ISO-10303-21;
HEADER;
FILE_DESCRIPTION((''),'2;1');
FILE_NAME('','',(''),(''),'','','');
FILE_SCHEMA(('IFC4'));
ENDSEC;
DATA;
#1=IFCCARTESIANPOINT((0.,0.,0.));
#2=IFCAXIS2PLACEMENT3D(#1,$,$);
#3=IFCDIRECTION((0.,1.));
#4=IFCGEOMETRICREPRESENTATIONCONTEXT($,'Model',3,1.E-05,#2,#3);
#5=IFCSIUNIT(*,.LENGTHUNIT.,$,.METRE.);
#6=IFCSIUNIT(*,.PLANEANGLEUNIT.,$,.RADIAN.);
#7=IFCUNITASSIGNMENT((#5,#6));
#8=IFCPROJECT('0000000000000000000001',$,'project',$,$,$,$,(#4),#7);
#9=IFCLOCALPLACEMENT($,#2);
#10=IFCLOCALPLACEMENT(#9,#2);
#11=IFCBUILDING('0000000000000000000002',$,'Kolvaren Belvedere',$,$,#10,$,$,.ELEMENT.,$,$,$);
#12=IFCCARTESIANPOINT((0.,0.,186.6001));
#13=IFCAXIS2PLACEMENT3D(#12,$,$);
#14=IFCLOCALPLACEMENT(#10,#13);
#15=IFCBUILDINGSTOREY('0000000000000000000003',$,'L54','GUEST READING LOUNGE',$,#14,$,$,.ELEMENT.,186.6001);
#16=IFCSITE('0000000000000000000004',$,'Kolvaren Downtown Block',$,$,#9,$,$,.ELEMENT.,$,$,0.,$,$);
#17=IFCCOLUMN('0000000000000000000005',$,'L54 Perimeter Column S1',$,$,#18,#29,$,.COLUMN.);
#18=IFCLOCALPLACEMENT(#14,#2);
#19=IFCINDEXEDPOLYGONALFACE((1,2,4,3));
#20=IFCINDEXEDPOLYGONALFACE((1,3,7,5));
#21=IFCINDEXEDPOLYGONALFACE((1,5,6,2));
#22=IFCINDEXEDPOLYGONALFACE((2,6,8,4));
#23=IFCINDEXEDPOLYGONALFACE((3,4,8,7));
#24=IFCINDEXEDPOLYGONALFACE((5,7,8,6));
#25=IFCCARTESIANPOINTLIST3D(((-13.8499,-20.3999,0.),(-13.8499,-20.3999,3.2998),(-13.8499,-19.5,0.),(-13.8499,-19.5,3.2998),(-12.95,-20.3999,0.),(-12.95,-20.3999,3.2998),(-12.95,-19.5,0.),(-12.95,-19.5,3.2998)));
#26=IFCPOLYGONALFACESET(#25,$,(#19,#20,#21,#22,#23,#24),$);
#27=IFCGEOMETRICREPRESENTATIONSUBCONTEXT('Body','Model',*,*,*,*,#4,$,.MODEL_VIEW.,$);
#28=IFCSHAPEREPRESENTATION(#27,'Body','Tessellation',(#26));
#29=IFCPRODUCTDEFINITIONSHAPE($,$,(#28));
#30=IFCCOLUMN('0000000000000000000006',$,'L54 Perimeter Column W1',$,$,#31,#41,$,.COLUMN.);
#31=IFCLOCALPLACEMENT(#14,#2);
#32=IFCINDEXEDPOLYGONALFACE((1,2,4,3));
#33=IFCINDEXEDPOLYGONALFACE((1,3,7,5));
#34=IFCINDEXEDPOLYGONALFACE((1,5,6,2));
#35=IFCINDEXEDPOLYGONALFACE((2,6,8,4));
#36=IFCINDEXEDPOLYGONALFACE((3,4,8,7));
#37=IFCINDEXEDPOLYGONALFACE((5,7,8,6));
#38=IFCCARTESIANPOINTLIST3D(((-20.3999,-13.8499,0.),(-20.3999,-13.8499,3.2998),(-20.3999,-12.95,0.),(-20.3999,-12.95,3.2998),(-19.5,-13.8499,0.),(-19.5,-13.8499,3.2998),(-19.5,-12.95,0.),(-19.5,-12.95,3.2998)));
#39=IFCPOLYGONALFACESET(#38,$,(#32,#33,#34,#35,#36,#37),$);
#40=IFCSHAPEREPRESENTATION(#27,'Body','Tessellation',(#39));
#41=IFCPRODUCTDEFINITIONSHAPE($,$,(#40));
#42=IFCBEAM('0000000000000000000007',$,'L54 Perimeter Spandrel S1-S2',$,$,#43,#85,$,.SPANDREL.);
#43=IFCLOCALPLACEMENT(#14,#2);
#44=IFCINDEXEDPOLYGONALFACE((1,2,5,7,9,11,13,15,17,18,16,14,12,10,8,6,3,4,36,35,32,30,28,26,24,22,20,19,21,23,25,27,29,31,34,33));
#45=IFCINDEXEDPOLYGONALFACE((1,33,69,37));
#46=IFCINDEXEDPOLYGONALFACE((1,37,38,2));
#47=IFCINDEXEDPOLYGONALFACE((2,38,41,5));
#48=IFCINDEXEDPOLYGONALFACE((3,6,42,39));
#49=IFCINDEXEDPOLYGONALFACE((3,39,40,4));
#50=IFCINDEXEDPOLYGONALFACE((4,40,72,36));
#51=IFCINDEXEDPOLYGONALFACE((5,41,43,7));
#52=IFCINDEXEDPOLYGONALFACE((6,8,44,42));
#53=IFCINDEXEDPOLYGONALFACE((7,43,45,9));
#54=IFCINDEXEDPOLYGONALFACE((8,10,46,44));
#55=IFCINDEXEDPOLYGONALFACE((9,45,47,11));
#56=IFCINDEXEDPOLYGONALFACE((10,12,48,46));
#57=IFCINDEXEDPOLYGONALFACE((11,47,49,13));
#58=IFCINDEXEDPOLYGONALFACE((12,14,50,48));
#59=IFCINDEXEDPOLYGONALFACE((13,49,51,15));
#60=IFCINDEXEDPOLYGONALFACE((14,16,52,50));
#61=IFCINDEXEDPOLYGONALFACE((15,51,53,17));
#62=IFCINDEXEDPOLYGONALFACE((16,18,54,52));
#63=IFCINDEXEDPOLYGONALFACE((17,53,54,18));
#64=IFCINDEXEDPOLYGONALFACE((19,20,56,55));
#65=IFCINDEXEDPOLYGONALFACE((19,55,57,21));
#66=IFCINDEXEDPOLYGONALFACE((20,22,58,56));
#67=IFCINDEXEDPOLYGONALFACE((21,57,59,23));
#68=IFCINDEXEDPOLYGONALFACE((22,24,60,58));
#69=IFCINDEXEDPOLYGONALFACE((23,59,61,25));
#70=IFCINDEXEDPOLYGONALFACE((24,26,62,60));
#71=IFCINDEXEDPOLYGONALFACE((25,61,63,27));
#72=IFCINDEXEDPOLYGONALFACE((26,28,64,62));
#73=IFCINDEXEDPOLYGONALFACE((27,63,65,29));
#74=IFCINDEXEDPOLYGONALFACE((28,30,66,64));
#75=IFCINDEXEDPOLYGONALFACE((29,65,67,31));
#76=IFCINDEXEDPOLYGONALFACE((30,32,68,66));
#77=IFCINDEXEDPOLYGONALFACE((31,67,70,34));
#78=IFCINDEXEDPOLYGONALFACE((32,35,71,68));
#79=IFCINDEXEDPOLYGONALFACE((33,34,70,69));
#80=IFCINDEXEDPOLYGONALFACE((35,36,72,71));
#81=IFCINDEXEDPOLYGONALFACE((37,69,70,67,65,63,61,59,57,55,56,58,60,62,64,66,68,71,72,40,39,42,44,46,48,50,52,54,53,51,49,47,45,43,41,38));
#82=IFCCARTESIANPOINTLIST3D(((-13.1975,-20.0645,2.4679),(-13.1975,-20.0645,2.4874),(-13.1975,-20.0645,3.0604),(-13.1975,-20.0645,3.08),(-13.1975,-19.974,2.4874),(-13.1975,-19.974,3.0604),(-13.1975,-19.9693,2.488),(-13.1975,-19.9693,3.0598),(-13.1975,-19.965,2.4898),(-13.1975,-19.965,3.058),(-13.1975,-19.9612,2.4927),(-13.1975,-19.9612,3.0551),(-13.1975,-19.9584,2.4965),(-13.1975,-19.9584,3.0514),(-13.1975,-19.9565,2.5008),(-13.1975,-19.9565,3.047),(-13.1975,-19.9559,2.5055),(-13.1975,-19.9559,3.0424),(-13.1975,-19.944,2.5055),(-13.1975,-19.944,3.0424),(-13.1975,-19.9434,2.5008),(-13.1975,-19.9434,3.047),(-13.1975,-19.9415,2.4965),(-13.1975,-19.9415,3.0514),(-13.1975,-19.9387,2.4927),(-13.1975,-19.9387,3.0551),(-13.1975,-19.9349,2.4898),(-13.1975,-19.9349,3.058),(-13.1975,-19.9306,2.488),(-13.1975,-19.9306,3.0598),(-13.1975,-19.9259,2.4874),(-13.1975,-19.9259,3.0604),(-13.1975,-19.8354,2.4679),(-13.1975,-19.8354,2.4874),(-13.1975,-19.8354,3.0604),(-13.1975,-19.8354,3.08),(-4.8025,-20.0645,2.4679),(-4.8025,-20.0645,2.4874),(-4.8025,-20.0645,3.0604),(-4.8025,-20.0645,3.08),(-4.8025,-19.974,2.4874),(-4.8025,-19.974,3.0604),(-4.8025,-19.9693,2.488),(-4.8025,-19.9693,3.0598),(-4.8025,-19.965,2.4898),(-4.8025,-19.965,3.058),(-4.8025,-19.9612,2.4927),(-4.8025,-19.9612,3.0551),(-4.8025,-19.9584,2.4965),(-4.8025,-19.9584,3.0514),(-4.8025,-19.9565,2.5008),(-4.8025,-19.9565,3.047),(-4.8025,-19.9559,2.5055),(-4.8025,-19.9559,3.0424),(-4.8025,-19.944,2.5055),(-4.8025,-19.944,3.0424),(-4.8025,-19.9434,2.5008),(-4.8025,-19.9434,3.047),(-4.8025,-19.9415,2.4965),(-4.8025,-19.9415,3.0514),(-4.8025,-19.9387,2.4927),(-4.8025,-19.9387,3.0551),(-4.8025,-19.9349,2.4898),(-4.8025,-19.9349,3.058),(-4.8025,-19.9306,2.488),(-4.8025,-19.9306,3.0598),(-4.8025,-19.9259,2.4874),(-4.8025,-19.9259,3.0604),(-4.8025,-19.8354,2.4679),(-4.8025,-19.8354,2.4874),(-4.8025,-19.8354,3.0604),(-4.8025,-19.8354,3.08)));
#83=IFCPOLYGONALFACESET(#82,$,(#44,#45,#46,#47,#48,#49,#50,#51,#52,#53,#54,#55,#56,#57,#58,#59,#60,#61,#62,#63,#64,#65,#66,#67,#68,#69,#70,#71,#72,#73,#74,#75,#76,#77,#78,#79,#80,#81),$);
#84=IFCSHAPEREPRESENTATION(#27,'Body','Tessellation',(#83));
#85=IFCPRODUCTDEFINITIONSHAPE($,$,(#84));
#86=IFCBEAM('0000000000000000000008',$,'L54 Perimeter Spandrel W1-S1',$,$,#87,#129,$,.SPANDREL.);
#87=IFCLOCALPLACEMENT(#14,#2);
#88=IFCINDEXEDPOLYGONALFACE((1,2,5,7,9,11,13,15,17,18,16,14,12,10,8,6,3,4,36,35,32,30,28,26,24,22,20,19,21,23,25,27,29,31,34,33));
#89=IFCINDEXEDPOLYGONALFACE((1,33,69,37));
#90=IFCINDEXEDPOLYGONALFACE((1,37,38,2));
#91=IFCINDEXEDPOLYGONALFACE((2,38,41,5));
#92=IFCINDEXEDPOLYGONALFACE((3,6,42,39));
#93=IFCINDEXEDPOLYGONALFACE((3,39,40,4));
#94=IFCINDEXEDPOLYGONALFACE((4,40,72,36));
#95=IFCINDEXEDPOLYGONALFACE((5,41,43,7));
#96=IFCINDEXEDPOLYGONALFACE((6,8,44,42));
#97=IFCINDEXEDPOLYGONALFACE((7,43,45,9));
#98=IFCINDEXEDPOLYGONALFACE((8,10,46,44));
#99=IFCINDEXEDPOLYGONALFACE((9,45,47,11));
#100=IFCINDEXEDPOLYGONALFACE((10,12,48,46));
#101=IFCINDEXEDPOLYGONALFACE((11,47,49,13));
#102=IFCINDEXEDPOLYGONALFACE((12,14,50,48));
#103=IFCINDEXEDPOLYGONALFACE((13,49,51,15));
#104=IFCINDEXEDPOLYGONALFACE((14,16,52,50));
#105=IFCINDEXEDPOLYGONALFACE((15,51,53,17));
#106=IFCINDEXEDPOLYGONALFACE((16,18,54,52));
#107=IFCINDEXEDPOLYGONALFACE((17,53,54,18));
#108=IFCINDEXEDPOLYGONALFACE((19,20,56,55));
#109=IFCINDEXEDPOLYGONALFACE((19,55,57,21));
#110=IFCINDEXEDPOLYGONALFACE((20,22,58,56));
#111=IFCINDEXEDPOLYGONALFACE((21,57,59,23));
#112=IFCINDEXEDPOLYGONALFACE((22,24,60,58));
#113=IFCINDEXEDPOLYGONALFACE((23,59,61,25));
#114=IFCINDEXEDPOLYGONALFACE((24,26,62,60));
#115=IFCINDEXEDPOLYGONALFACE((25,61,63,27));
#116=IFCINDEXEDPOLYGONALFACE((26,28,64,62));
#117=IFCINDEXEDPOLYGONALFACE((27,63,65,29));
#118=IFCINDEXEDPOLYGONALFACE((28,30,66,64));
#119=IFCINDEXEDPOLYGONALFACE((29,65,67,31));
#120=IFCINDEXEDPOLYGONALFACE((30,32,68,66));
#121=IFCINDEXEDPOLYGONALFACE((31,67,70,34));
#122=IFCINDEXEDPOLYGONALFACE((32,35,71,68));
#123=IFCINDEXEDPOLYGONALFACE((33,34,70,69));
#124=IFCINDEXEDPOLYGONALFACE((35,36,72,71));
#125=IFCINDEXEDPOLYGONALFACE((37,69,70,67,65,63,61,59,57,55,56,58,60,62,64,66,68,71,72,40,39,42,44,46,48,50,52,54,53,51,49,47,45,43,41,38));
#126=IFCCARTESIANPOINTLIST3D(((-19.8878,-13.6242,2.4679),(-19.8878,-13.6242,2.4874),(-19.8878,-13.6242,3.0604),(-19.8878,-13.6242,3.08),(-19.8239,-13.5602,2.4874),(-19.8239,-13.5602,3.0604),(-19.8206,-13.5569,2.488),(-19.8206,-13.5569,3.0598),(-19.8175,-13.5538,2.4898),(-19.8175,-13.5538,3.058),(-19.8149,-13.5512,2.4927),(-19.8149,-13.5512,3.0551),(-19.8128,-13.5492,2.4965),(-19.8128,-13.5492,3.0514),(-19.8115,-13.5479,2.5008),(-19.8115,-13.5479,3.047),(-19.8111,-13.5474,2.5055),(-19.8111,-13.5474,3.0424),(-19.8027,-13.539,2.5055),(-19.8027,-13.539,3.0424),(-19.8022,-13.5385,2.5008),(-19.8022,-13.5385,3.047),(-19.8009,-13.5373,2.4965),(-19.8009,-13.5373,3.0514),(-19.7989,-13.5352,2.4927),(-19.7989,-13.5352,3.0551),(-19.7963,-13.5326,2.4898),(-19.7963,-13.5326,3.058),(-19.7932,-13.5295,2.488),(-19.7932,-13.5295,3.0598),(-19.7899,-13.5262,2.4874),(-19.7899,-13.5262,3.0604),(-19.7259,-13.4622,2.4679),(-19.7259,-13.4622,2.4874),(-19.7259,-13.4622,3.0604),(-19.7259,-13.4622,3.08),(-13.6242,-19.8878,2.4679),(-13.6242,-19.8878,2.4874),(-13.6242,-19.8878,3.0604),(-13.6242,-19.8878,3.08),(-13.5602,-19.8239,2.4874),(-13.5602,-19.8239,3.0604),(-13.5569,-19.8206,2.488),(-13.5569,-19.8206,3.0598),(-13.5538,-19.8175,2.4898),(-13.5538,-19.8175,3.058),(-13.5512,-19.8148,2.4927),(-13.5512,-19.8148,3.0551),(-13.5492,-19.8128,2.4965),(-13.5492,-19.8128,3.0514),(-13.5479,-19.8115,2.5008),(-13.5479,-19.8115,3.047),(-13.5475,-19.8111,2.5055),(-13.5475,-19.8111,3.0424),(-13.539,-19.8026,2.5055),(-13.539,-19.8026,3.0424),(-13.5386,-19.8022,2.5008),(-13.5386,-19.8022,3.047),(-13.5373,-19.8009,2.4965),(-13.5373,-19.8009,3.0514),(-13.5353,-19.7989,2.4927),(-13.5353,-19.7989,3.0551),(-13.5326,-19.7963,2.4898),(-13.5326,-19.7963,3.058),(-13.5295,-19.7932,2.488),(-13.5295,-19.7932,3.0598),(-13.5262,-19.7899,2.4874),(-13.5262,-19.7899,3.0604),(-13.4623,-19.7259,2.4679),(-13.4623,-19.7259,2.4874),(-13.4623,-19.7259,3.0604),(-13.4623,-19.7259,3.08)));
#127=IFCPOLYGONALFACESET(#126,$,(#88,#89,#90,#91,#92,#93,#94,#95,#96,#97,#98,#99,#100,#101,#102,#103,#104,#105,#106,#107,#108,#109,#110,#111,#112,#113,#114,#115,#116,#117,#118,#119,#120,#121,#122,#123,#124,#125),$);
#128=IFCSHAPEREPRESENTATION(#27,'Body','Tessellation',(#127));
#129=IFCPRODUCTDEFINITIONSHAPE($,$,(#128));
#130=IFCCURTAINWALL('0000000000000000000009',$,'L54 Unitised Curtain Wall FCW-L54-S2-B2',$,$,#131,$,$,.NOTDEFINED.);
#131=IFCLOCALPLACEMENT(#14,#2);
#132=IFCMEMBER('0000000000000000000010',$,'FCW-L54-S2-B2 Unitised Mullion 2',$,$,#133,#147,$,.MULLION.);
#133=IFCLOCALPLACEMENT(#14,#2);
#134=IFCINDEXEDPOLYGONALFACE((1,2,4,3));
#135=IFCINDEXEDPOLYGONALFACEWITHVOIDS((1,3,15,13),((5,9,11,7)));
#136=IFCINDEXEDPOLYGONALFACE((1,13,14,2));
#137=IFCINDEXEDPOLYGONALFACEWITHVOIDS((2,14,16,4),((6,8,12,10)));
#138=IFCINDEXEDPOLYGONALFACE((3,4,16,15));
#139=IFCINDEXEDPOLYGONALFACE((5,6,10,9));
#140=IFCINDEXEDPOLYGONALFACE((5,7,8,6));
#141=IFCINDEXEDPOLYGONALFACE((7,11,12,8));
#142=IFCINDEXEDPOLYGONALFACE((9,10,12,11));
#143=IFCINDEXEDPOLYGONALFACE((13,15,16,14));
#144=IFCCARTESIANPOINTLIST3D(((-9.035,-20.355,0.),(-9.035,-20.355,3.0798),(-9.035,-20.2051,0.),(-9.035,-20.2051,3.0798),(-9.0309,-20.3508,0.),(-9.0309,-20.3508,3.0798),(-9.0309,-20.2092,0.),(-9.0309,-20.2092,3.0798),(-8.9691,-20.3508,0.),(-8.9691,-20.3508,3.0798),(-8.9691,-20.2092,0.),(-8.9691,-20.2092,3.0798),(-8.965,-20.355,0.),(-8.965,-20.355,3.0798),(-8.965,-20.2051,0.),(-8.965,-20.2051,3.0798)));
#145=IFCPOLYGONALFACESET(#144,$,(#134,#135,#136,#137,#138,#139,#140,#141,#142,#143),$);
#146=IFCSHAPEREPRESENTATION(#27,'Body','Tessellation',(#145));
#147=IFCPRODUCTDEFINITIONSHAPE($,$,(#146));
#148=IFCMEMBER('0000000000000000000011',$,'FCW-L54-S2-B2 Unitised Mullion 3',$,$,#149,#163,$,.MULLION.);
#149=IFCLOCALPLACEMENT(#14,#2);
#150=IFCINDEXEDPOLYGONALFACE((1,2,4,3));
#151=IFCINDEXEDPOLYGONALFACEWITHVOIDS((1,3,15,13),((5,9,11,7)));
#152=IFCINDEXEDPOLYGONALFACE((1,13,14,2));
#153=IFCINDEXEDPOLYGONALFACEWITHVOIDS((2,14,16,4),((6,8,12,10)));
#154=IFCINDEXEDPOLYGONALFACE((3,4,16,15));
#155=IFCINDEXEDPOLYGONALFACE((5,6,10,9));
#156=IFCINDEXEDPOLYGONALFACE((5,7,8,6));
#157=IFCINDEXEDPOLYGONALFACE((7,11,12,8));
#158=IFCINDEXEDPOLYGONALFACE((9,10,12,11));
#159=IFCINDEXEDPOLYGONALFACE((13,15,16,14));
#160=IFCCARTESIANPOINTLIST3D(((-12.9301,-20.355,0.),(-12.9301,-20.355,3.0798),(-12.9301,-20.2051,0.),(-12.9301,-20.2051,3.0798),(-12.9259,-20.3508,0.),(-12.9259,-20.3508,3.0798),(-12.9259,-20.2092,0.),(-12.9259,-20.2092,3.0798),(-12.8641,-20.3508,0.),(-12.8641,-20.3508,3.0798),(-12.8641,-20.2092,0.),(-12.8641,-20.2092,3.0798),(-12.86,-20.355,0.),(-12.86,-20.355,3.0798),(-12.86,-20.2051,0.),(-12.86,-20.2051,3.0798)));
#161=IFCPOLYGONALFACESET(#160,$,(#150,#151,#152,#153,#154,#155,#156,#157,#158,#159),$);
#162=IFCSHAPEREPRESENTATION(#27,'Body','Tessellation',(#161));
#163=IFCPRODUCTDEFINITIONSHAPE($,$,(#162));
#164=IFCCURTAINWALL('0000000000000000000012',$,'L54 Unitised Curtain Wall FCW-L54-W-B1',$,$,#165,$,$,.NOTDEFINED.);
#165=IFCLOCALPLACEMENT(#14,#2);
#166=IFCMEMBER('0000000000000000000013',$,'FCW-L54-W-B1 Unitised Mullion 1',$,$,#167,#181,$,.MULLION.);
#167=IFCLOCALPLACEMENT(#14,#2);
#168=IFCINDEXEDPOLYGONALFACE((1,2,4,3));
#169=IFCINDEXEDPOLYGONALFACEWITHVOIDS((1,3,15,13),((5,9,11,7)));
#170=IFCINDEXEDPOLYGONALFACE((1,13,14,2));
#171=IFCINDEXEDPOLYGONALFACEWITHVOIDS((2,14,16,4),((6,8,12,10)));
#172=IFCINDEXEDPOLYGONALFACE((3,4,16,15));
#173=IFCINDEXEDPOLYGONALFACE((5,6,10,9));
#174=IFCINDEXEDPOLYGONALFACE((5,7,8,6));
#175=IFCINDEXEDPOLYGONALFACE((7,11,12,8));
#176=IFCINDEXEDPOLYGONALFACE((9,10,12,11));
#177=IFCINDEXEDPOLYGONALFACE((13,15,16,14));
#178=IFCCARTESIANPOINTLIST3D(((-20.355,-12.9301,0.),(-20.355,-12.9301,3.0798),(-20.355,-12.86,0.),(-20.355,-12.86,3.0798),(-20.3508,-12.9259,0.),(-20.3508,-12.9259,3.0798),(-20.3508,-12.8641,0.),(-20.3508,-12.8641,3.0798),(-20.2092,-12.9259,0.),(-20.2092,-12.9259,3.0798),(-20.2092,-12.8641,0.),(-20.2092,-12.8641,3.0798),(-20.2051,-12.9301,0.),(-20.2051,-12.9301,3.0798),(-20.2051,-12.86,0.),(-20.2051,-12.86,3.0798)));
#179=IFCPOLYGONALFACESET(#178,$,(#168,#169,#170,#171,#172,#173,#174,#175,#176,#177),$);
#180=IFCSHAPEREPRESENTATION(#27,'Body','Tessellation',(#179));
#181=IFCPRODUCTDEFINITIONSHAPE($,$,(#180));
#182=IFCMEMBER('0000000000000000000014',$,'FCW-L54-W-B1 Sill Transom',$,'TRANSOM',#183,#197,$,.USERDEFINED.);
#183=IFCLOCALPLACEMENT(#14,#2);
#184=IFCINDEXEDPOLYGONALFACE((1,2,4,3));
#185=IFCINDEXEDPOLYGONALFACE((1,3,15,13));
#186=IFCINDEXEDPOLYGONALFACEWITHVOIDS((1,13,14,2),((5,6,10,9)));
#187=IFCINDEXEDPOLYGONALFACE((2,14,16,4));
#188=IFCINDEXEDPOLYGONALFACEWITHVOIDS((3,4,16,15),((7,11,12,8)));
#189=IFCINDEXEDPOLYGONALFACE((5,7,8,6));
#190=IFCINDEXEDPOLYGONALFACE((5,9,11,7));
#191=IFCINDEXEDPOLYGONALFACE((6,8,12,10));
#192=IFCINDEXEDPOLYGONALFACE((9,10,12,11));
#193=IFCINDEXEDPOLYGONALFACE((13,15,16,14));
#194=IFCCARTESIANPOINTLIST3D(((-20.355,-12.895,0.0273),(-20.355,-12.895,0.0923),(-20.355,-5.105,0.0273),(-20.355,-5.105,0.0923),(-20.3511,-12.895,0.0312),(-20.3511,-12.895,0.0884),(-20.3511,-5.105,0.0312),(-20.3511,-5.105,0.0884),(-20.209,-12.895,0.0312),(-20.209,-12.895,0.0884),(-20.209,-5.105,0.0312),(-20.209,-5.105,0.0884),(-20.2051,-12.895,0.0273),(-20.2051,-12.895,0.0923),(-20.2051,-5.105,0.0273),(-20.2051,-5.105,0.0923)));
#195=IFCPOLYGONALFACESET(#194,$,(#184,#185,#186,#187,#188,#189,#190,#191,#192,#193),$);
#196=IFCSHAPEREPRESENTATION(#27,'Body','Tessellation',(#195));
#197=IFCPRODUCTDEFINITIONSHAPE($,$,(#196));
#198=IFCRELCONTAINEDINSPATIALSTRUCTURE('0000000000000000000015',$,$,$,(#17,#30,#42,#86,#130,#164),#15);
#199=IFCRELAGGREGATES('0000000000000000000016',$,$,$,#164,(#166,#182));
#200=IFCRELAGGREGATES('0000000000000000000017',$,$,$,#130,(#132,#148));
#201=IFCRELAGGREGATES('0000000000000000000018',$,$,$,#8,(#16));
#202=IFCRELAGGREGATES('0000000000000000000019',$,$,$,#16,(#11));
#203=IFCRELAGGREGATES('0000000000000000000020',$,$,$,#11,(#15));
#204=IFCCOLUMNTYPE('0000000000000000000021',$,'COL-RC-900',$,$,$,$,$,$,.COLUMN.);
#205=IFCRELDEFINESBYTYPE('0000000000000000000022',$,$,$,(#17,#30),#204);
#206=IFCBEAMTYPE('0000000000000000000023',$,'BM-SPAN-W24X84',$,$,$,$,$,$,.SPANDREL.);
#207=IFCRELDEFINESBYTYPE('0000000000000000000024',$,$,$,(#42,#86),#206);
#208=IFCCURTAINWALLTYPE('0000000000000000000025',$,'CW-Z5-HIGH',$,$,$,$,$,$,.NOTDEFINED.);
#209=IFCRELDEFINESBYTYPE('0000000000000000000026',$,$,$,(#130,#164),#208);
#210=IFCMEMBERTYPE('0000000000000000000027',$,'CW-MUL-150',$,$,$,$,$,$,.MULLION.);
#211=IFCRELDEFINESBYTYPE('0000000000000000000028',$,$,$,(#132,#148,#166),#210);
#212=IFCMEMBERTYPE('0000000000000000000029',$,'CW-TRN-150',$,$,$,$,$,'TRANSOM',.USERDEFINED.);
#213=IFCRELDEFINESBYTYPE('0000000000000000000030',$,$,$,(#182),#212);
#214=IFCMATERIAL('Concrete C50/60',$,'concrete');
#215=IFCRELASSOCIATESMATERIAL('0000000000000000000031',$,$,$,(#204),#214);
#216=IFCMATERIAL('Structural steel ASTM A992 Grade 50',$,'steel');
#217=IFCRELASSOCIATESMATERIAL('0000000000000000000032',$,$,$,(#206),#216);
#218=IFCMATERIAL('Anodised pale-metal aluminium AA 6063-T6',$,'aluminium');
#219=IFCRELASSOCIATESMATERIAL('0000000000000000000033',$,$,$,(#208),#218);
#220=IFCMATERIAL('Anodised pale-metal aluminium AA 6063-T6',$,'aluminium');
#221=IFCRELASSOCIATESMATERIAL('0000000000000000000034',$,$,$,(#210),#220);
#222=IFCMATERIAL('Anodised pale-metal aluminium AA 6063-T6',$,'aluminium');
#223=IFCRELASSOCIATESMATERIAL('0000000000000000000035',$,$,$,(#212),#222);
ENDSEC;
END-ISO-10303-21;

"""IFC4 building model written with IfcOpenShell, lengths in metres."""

from ifc_helpers import new_model, si_unit, direction, frame, origin, origin_2d, place, context, subcontext, project, spatial, rectangle, hollow_rectangle, i_section, extrude, material, material_profile, profile_set, type_object, element, aggregate, save


model = new_model("IFC4")

# Units and contexts
model_context = context("Model", 3, precision=1e-05, world=origin(), true_north=direction((0.0, 1.0)))
body_context = subcontext(model_context, "Body", "Model", "MODEL_VIEW")
ifc_project = project(units=[si_unit("LENGTHUNIT", "METRE"), si_unit("PLANEANGLEUNIT", "RADIAN")], contexts=[model_context])

# Site, building, storey
site_placement = place(None, origin())
site = spatial("IfcSite", under=ifc_project, at=site_placement, Name="Kolvaren Downtown Block", CompositionType="ELEMENT", RefElevation=0.0)
building_placement = place(site_placement, origin())
building = spatial("IfcBuilding", under=site, at=building_placement, Name="Kolvaren Belvedere", CompositionType="ELEMENT")
storey_placement = place(building_placement, frame((0.0, 0.0, 186.6001)))
storey = spatial("IfcBuildingStorey", under=building, at=storey_placement, Name="L54", Description="GUEST READING LOUNGE", CompositionType="ELEMENT", Elevation=186.6001)

# Columns
ifc_material_1 = material(Name="Concrete C50/60", Category="concrete")
ifc_material_profile_1 = material_profile(ifc_material_1, rectangle(XDim=0.8999, YDim=0.8999, at=origin_2d()), Name="RC 900X900")
ifc_profile_set_1 = profile_set([ifc_material_profile_1], Name="Concrete C50/60")
column_type = type_object("IfcColumnType", Name="COL-RC-900", PredefinedType="COLUMN", material=ifc_profile_set_1)
for number, where, z_axis, x_axis, name in (
    (1, (-13.3999, -19.95, 0.0), (0.0, 0.0, 1.0), (1.0, 0.0, 0.0), "L54 Perimeter Column S1"),
    (2, (-19.95, -13.3999, 0.0), (0.0, 0.0, 1.0), (1.0, 0.0, 0.0), "L54 Perimeter Column W1"),
):
    element("IfcColumn", number, at=place(storey_placement, frame(where, z_axis=z_axis, x_axis=x_axis)), inside=storey, type_object=column_type, Name=name, PredefinedType="COLUMN", context=body_context, shape_type="SweptSolid", body=[
        extrude(rectangle(XDim=0.8999, YDim=0.8999, at=origin_2d()), origin(), (0.0, 0.0, 1.0), 3.2998),
    ])

# Beams
ifc_material_2 = material(Name="Structural steel ASTM A992 Grade 50", Category="steel")
ifc_material_profile_2 = material_profile(ifc_material_2, i_section(OverallWidth=0.229, OverallDepth=0.6121, WebThickness=0.012, FlangeThickness=0.0195, FilletRadius=0.0181, at=origin_2d()), Name="W24X84")
ifc_profile_set_2 = profile_set([ifc_material_profile_2], Name="Structural steel ASTM A992 Grade 50")
beam_type = type_object("IfcBeamType", Name="BM-SPAN-W24X84", PredefinedType="SPANDREL", material=ifc_profile_set_2)
beam_1_placement = place(storey_placement, frame((-13.1975, -19.95, 2.7739), z_axis=(1.0, 0.0, 0.0), x_axis=(0.0, 1.0, 0.0)))
element("IfcBeam", 3, at=beam_1_placement, inside=storey, type_object=beam_type, Name="L54 Perimeter Spandrel S1-S2", PredefinedType="SPANDREL", context=body_context, shape_type="SweptSolid", body=[
    extrude(i_section(OverallWidth=0.229, OverallDepth=0.6121, WebThickness=0.012, FlangeThickness=0.0195, FilletRadius=0.0181, at=origin_2d()), origin(), (0.0, 0.0, 1.0), 8.395),
])
beam_2_placement = place(storey_placement, frame((-19.8069, -13.5432, 2.7739), z_axis=(0.707107, -0.707107, 0.0), x_axis=(0.707107, 0.707107, 0.0)))
element("IfcBeam", 4, at=beam_2_placement, inside=storey, type_object=beam_type, Name="L54 Perimeter Spandrel W1-S1", PredefinedType="SPANDREL", context=body_context, shape_type="SweptSolid", body=[
    extrude(i_section(OverallWidth=0.229, OverallDepth=0.6121, WebThickness=0.012, FlangeThickness=0.0195, FilletRadius=0.0181, at=origin_2d()), origin(), (0.0, 0.0, 1.0), 8.8582),
])

# Curtain walls, members
ifc_material_3 = material(Name="Anodised pale-metal aluminium AA 6063-T6", Category="aluminium")
curtain_wall_type = type_object("IfcCurtainWallType", Name="CW-Z5-HIGH", PredefinedType="NOTDEFINED", material=ifc_material_3)
curtain_wall_1_placement = place(storey_placement, origin())
curtain_wall_1 = element("IfcCurtainWall", 5, at=curtain_wall_1_placement, inside=storey, type_object=curtain_wall_type, Name="L54 Unitised Curtain Wall FCW-L54-S2-B2", PredefinedType="NOTDEFINED")
ifc_material_4 = material(Name="Anodised pale-metal aluminium AA 6063-T6", Category="aluminium")
ifc_material_profile_3 = material_profile(ifc_material_4, hollow_rectangle(XDim=0.0701, YDim=0.1499, WallThickness=0.0042, at=origin_2d()), Name="ALU-MUL-150X70")
ifc_profile_set_3 = profile_set([ifc_material_profile_3], Name="Anodised pale-metal aluminium AA 6063-T6")
member_type_1 = type_object("IfcMemberType", Name="CW-MUL-150", PredefinedType="MULLION", material=ifc_profile_set_3)
member_1_placement = place(storey_placement, frame((-9.0, -20.28, 0.0), z_axis=(0.0, 0.0, 1.0), x_axis=(1.0, 0.0, 0.0)))
member_1 = element("IfcMember", 6, at=member_1_placement, type_object=member_type_1, Name="FCW-L54-S2-B2 Unitised Mullion 2", PredefinedType="MULLION", context=body_context, shape_type="SweptSolid", body=[
    extrude(hollow_rectangle(XDim=0.0701, YDim=0.1499, WallThickness=0.0042, at=origin_2d()), origin(), (0.0, 0.0, 1.0), 3.0798),
])
member_2_placement = place(storey_placement, frame((-12.895, -20.28, 0.0), z_axis=(0.0, 0.0, 1.0), x_axis=(1.0, 0.0, 0.0)))
member_2 = element("IfcMember", 7, at=member_2_placement, type_object=member_type_1, Name="FCW-L54-S2-B2 Unitised Mullion 3", PredefinedType="MULLION", context=body_context, shape_type="SweptSolid", body=[
    extrude(hollow_rectangle(XDim=0.0701, YDim=0.1499, WallThickness=0.0042, at=origin_2d()), origin(), (0.0, 0.0, 1.0), 3.0798),
])
curtain_wall_2_placement = place(storey_placement, origin())
curtain_wall_2 = element("IfcCurtainWall", 8, at=curtain_wall_2_placement, inside=storey, type_object=curtain_wall_type, Name="L54 Unitised Curtain Wall FCW-L54-W-B1", PredefinedType="NOTDEFINED")
member_3_placement = place(storey_placement, frame((-20.28, -12.895, 0.0), z_axis=(0.0, 0.0, 1.0), x_axis=(0.0, 1.0, 0.0)))
member_3 = element("IfcMember", 9, at=member_3_placement, type_object=member_type_1, Name="FCW-L54-W-B1 Unitised Mullion 1", PredefinedType="MULLION", context=body_context, shape_type="SweptSolid", body=[
    extrude(hollow_rectangle(XDim=0.0701, YDim=0.1499, WallThickness=0.0042, at=origin_2d()), origin(), (0.0, 0.0, 1.0), 3.0798),
])
ifc_material_5 = material(Name="Anodised pale-metal aluminium AA 6063-T6", Category="aluminium")
ifc_material_profile_4 = material_profile(ifc_material_5, hollow_rectangle(XDim=0.0649, YDim=0.1499, WallThickness=0.0039, at=origin_2d()), Name="ALU-TRN-150X65")
ifc_profile_set_4 = profile_set([ifc_material_profile_4], Name="Anodised pale-metal aluminium AA 6063-T6")
member_type_2 = type_object("IfcMemberType", Name="CW-TRN-150", ElementType="TRANSOM", PredefinedType="USERDEFINED", material=ifc_profile_set_4)
member_4_placement = place(storey_placement, frame((-20.28, -12.895, 0.0598), z_axis=(0.0, 1.0, 0.0), x_axis=(0.0, 0.0, 1.0)))
member_4 = element("IfcMember", 10, at=member_4_placement, type_object=member_type_2, Name="FCW-L54-W-B1 Sill Transom", ObjectType="TRANSOM", PredefinedType="USERDEFINED", context=body_context, shape_type="SweptSolid", body=[
    extrude(hollow_rectangle(XDim=0.0649, YDim=0.1499, WallThickness=0.0039, at=origin_2d()), origin(), (0.0, 0.0, 1.0), 7.79),
])
aggregate(curtain_wall_2, [member_3, member_4])

aggregate(curtain_wall_1, [member_1, member_2])

save(model, "model.ifc")
